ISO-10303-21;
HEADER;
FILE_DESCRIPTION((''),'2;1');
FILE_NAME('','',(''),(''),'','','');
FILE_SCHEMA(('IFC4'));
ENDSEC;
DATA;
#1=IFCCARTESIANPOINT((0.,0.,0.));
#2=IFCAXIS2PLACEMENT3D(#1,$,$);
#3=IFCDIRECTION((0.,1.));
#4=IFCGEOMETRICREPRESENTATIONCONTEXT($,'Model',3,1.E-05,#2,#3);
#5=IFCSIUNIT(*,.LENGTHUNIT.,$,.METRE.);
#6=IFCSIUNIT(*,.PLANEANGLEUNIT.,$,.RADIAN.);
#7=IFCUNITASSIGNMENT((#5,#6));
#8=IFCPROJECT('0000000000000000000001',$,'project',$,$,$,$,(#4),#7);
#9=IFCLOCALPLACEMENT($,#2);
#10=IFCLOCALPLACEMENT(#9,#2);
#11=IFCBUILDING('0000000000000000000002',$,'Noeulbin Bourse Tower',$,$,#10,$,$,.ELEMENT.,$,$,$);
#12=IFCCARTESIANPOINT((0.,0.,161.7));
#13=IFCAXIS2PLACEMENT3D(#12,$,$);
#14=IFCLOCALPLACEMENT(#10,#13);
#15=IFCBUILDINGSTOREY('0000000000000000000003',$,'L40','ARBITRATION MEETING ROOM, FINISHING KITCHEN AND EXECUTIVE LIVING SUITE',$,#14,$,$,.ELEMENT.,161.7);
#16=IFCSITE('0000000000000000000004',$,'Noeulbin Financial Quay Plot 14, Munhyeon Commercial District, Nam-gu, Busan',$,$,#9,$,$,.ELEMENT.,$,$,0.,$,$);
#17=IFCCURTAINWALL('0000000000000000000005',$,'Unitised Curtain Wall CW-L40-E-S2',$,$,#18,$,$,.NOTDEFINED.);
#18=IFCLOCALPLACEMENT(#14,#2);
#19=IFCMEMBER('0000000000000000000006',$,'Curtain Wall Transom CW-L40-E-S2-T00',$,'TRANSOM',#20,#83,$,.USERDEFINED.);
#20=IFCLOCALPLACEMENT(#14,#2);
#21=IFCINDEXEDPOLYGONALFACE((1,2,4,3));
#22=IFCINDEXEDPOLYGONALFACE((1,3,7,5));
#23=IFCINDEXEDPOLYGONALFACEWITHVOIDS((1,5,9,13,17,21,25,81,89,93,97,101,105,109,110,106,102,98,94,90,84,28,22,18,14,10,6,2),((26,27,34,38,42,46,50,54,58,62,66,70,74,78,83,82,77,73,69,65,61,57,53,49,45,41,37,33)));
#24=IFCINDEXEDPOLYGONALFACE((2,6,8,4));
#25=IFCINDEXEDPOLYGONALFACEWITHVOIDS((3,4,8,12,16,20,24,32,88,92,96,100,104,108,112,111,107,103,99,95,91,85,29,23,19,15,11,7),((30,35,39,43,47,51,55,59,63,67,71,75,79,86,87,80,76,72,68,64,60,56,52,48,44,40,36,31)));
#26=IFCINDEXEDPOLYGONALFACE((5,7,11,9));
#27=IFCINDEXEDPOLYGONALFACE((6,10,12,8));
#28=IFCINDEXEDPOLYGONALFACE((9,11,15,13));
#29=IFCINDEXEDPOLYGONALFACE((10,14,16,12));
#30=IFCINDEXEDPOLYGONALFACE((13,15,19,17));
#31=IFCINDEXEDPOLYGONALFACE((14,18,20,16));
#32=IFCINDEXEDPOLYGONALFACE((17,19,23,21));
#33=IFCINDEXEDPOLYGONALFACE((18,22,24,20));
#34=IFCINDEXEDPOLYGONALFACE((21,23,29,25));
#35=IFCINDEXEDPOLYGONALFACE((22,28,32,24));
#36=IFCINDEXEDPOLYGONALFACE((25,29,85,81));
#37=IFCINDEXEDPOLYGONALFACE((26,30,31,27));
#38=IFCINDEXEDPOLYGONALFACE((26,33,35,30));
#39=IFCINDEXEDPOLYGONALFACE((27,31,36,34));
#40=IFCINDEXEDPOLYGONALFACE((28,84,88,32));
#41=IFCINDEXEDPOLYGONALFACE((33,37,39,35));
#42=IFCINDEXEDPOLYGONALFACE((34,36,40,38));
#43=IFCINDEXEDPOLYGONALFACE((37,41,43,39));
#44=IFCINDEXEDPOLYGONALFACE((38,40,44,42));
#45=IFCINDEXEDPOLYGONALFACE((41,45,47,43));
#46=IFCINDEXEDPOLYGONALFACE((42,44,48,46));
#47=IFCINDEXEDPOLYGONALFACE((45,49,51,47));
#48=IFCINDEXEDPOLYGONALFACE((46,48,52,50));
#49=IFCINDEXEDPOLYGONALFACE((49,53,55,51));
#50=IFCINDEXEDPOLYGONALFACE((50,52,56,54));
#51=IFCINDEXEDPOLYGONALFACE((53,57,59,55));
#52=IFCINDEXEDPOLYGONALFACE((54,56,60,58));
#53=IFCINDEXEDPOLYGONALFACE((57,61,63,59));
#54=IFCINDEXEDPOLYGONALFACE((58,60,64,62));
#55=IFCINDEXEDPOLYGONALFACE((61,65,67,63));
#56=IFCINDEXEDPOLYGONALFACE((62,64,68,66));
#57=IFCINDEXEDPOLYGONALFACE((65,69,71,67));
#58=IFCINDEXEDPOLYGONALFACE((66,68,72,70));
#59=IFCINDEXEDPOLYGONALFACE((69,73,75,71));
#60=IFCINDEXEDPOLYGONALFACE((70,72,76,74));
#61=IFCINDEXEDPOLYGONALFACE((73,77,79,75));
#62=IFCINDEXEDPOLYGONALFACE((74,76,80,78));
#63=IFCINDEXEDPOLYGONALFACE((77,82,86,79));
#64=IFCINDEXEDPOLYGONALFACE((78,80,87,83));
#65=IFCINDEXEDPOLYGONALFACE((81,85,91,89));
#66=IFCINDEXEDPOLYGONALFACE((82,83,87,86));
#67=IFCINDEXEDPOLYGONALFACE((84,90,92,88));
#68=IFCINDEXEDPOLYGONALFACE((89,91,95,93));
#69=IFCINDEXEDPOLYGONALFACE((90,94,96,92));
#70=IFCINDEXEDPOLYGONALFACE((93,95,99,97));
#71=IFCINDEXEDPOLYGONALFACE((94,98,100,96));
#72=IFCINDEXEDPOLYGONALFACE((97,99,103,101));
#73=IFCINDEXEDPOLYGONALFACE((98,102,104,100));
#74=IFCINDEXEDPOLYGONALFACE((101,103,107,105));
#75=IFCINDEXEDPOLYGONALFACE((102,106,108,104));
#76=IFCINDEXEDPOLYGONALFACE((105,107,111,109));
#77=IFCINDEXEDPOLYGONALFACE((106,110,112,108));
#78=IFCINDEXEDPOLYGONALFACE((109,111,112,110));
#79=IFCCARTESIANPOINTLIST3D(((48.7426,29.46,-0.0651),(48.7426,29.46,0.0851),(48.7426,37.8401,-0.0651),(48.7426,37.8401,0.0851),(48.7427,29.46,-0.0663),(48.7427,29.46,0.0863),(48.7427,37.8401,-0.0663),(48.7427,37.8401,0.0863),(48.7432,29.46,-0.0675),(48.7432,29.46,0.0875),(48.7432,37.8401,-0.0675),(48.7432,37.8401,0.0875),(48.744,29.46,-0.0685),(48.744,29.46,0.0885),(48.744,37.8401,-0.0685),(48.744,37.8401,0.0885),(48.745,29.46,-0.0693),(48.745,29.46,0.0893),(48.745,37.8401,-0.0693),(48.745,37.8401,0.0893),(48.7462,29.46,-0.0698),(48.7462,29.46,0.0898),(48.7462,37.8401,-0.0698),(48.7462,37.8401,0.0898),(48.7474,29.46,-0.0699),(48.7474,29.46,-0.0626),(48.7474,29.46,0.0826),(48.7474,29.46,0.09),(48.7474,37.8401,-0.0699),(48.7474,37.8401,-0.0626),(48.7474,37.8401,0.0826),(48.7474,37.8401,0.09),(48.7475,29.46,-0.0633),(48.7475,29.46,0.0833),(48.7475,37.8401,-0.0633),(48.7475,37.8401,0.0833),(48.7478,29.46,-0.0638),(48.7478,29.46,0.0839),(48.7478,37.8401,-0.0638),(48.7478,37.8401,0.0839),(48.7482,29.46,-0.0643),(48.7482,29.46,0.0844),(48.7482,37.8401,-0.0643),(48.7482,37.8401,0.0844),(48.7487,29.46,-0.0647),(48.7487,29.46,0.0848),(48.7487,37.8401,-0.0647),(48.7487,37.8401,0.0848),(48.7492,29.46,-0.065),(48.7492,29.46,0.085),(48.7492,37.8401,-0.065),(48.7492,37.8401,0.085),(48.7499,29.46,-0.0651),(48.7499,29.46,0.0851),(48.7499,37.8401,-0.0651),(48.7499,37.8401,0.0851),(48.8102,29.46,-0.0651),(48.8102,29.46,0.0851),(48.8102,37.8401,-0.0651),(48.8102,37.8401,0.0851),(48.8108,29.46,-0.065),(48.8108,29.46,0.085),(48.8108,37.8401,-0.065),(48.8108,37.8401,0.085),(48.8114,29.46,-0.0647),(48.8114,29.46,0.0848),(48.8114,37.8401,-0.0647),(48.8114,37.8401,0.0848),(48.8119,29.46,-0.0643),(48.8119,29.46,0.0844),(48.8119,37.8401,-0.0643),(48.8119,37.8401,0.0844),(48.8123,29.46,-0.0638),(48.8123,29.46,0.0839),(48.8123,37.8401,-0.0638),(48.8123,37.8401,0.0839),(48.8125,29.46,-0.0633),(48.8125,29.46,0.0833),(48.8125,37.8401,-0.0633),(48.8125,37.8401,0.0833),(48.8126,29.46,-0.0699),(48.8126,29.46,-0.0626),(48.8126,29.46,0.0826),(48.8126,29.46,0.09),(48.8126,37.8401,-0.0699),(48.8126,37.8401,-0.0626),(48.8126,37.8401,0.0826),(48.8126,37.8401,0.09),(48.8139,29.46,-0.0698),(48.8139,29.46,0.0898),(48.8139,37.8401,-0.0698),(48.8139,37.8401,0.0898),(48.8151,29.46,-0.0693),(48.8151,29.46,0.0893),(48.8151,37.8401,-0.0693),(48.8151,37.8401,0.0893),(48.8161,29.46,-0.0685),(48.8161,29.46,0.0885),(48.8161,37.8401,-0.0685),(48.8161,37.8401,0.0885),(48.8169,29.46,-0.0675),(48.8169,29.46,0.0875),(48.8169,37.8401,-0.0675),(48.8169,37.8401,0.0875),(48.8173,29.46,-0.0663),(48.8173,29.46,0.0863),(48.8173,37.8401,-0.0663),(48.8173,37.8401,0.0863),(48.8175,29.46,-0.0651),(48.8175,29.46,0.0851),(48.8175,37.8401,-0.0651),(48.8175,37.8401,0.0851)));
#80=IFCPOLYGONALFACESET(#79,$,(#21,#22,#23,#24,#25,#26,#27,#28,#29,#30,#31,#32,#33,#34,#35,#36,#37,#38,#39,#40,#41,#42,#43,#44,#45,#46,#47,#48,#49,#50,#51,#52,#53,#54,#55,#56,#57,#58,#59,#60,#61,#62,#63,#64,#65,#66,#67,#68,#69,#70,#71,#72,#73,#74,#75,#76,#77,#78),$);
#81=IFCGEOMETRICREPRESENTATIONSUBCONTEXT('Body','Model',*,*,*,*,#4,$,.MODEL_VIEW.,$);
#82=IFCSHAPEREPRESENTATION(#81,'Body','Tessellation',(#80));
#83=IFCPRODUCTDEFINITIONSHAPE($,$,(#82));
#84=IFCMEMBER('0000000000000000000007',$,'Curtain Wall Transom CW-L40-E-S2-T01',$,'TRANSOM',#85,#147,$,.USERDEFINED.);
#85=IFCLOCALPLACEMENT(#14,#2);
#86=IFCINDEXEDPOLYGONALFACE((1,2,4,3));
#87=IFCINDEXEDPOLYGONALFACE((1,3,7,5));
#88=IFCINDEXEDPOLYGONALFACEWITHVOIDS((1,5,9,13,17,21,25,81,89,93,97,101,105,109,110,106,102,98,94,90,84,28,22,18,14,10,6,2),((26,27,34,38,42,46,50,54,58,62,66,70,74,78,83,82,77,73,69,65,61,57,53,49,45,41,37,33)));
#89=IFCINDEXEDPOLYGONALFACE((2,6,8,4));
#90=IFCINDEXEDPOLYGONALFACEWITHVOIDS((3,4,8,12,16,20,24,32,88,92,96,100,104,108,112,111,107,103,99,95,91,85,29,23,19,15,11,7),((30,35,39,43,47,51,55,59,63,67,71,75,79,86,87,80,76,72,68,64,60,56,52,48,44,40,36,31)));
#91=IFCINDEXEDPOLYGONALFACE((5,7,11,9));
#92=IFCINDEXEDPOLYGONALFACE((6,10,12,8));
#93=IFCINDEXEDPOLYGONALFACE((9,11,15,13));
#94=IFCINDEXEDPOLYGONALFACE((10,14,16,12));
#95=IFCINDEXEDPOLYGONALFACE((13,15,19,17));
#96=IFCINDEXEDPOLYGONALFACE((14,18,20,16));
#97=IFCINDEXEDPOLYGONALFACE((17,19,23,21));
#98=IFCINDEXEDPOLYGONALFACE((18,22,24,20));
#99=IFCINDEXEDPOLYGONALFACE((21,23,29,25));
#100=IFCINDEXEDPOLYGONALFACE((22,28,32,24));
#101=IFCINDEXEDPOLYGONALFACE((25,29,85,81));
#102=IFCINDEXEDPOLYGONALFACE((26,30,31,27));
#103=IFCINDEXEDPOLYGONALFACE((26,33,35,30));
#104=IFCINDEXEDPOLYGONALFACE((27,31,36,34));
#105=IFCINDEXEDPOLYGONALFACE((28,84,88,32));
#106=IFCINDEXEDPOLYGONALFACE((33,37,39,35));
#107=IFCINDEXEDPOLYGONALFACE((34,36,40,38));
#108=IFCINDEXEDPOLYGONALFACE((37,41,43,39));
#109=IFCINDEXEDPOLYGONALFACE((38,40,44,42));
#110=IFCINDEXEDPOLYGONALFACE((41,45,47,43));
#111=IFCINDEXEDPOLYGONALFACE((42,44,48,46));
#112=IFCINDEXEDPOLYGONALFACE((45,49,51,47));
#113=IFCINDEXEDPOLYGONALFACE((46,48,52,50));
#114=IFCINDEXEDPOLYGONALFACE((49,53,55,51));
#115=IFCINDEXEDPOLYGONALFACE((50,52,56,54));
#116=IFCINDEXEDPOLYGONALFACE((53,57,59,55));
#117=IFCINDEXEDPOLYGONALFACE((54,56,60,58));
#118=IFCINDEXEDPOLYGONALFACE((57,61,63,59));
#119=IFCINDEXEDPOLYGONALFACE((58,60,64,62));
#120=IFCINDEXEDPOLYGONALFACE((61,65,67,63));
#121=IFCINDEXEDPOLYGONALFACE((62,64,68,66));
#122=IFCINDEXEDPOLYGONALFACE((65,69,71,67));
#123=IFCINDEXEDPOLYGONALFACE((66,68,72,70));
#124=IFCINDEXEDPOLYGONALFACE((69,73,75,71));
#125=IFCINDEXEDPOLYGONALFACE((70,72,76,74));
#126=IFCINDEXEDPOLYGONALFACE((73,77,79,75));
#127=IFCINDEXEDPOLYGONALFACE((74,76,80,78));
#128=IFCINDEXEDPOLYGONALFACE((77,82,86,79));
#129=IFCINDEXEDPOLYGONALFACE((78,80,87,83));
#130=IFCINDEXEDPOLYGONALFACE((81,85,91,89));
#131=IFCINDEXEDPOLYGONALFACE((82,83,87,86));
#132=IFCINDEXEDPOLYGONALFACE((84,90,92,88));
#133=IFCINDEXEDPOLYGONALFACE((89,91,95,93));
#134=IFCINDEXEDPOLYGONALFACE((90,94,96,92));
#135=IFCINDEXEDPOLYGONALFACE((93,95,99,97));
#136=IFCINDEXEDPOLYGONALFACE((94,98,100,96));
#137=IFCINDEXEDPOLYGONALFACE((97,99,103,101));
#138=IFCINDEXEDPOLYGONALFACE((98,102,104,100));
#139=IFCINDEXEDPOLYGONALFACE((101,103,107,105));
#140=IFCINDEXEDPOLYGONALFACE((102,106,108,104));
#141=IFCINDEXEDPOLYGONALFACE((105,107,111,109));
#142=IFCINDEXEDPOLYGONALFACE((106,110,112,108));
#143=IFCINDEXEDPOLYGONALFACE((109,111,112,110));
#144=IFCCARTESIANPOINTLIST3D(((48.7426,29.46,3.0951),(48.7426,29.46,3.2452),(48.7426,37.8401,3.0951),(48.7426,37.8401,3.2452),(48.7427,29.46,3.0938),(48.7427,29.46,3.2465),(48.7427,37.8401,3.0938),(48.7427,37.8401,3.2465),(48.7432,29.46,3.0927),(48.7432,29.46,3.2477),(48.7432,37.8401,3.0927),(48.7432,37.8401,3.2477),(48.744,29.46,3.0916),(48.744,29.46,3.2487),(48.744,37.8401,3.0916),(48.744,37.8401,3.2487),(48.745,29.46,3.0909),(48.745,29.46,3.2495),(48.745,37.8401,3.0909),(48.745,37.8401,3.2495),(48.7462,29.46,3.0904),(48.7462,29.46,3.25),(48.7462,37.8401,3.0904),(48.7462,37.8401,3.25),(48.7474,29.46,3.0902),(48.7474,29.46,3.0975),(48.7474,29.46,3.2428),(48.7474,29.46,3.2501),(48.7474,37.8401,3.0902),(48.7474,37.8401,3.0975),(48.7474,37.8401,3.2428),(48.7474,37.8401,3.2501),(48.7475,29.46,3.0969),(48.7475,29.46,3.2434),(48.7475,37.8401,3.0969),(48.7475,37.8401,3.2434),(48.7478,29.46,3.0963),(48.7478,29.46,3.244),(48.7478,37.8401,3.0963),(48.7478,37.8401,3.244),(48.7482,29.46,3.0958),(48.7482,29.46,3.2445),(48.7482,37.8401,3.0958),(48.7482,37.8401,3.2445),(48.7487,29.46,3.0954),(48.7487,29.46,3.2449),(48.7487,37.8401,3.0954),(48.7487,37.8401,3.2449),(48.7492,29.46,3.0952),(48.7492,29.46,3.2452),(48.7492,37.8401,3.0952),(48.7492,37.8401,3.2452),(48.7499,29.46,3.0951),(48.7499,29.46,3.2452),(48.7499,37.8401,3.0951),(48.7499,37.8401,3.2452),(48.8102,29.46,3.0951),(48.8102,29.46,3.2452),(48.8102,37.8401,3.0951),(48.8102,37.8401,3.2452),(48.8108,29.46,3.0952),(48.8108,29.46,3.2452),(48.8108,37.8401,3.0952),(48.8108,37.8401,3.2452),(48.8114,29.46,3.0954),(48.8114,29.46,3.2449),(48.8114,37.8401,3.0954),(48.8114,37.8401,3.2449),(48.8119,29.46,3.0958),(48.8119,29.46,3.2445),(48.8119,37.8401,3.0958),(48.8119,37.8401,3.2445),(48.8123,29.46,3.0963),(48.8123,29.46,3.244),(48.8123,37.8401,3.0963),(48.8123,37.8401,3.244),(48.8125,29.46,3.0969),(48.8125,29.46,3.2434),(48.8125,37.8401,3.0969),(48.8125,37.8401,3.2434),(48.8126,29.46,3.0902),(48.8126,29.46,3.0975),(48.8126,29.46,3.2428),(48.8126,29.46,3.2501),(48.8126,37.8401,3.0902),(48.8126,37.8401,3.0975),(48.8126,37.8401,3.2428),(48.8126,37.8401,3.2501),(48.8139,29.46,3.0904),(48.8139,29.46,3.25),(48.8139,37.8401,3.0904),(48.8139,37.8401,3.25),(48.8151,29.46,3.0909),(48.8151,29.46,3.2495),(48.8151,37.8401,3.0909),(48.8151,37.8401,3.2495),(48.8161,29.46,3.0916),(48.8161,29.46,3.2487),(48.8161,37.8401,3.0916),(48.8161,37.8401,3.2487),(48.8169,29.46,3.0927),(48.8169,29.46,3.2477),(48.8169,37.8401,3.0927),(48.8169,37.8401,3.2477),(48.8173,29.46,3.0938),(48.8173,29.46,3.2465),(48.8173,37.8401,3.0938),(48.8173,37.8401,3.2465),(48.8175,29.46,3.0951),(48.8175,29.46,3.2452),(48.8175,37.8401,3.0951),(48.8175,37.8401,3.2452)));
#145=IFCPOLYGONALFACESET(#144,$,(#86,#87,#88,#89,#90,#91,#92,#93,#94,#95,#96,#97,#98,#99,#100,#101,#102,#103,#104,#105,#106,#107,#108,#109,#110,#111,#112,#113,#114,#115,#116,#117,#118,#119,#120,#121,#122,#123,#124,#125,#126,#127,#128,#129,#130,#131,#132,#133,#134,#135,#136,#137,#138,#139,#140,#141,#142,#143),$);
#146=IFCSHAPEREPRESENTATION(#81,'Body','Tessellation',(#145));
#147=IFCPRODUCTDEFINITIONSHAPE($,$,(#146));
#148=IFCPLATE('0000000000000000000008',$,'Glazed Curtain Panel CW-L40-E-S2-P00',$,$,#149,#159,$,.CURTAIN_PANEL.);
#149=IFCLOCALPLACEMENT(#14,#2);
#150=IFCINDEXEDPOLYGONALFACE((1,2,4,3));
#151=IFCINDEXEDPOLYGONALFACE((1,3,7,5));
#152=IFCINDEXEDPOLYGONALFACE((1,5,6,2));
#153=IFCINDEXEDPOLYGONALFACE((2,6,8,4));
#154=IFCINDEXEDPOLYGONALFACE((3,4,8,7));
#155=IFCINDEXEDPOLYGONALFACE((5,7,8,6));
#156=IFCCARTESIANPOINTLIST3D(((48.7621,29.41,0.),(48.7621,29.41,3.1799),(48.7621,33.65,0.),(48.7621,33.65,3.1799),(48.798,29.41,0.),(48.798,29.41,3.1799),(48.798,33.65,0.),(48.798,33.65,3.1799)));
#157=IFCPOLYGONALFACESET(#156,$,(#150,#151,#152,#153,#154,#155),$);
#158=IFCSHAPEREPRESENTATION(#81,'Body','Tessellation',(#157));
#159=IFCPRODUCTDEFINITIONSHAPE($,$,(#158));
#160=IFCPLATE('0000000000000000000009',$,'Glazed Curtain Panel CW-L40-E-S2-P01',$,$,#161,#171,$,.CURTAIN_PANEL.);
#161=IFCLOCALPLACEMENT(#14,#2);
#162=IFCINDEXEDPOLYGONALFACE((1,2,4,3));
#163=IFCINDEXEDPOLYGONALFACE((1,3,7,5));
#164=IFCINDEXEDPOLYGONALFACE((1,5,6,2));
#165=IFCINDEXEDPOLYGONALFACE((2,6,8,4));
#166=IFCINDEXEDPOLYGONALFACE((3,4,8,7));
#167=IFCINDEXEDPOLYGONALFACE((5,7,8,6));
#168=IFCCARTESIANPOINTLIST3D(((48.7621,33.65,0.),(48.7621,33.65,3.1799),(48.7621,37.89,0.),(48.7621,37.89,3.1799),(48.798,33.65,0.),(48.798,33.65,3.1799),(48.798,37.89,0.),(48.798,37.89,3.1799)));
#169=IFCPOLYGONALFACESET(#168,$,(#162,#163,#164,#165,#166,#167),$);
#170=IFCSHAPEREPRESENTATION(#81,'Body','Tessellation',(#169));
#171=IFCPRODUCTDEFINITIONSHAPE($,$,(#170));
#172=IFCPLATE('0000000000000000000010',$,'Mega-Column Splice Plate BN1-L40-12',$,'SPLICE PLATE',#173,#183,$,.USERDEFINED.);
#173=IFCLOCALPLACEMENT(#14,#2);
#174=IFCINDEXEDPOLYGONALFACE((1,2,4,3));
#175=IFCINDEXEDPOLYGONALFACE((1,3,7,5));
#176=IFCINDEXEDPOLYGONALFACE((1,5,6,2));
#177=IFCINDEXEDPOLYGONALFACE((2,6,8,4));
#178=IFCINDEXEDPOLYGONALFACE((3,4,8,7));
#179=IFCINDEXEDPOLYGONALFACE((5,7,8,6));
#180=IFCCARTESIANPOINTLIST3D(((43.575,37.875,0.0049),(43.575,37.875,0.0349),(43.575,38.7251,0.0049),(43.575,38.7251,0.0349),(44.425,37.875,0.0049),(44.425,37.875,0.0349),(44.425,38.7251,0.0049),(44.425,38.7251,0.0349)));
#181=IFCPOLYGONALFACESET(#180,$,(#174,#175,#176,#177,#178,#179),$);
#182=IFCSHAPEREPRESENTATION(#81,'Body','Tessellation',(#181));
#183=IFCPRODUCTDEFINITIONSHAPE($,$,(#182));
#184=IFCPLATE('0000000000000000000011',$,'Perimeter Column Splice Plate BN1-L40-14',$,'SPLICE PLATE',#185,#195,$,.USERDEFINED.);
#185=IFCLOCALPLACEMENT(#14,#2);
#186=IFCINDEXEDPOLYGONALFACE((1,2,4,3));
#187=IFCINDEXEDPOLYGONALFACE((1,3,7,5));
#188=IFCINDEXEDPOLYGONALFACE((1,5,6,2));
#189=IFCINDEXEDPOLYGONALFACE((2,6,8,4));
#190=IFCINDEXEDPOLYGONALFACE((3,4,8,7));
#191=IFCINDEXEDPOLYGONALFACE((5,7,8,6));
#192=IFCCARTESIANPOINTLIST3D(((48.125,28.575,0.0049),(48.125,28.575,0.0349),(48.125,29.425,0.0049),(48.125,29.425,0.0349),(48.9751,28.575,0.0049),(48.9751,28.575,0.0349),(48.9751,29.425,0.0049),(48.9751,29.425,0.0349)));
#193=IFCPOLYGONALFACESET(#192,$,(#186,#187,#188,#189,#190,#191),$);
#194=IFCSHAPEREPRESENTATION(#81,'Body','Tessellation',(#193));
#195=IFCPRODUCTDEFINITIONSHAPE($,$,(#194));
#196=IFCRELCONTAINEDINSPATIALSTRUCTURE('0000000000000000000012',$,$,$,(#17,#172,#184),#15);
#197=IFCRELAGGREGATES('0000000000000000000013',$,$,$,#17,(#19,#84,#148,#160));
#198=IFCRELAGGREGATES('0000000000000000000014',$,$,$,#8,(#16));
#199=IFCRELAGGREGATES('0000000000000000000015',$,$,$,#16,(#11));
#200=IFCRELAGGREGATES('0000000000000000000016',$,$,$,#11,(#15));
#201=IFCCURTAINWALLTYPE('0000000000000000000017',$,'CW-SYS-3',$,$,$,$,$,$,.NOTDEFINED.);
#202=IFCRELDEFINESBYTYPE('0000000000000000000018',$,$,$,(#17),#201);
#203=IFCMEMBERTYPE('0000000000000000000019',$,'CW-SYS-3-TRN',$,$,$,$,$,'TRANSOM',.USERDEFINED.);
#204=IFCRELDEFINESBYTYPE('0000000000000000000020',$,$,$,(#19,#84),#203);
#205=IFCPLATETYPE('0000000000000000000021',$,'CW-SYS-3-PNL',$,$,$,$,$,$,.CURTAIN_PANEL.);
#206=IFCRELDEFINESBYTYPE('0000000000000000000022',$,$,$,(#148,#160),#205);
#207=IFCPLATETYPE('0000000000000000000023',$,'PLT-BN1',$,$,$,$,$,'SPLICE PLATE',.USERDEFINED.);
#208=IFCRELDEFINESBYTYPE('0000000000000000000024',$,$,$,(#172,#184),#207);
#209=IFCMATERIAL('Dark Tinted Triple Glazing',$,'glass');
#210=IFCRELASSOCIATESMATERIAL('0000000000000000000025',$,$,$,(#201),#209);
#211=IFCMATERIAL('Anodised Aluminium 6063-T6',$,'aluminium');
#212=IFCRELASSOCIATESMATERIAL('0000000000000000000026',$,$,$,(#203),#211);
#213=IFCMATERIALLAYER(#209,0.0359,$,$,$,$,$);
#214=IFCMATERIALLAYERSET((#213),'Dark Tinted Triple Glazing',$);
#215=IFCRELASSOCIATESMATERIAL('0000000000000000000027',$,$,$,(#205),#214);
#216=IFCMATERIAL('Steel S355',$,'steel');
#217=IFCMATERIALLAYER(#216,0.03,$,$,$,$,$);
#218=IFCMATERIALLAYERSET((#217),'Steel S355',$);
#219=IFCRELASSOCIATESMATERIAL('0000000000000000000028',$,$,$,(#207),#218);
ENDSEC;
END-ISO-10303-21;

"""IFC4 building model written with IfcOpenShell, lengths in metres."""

from ifc_helpers import new_model, si_unit, direction, frame, origin, origin_2d, place, context, subcontext, project, spatial, rectangle, hollow_rectangle, extrude, material, layer, layer_set, material_profile, profile_set, type_object, element, aggregate, save


model = new_model("IFC4")

# Units and contexts
model_context = context("Model", 3, precision=1e-05, world=origin(), true_north=direction((0.0, 1.0)))
body_context = subcontext(model_context, "Body", "Model", "MODEL_VIEW")
ifc_project = project(units=[si_unit("LENGTHUNIT", "METRE"), si_unit("PLANEANGLEUNIT", "RADIAN")], contexts=[model_context])

# Site, building, storey
site_placement = place(None, origin())
site = spatial("IfcSite", under=ifc_project, at=site_placement, Name="Noeulbin Financial Quay Plot 14, Munhyeon Commercial District, Nam-gu, Busan", CompositionType="ELEMENT", RefElevation=0.0)
building_placement = place(site_placement, origin())
building = spatial("IfcBuilding", under=site, at=building_placement, Name="Noeulbin Bourse Tower", CompositionType="ELEMENT")
storey_placement = place(building_placement, frame((0.0, 0.0, 161.7)))
storey = spatial("IfcBuildingStorey", under=building, at=storey_placement, Name="L40", Description="ARBITRATION MEETING ROOM, FINISHING KITCHEN AND EXECUTIVE LIVING SUITE", CompositionType="ELEMENT", Elevation=161.7)

# Shared definitions
ifc_material_1 = material(Name="Steel S355", Category="steel")

# Curtain wall, members, plates
ifc_material_2 = material(Name="Dark Tinted Triple Glazing", Category="glass")
curtain_wall_type = type_object("IfcCurtainWallType", Name="CW-SYS-3", PredefinedType="NOTDEFINED", material=ifc_material_2)
curtain_wall_placement = place(storey_placement, origin())
curtain_wall = element("IfcCurtainWall", 1, at=curtain_wall_placement, inside=storey, type_object=curtain_wall_type, Name="Unitised Curtain Wall CW-L40-E-S2", PredefinedType="NOTDEFINED")
ifc_material_3 = material(Name="Anodised Aluminium 6063-T6", Category="aluminium")
ifc_material_profile_1 = material_profile(ifc_material_3, hollow_rectangle(XDim=0.075, YDim=0.1599, WallThickness=0.0049, InnerFilletRadius=0.0024, OuterFilletRadius=0.0049, at=origin_2d()), Name="ALU-TRAN-75x160x5", Category="LoadBearing")
ifc_profile_set_1 = profile_set([ifc_material_profile_1], Name="Anodised Aluminium 6063-T6")
member_type_1 = type_object("IfcMemberType", Name="CW-SYS-3-TRN", ElementType="TRANSOM", PredefinedType="USERDEFINED", material=ifc_profile_set_1)
member_1_placement = place(storey_placement, frame((48.78, 29.46, 0.01), z_axis=(0.0, 1.0, 0.0), x_axis=(-1.0, 0.0, 0.0)))
member_1 = element("IfcMember", 2, at=member_1_placement, type_object=member_type_1, Name="Curtain Wall Transom CW-L40-E-S2-T00", ObjectType="TRANSOM", PredefinedType="USERDEFINED", context=body_context, shape_type="SweptSolid", body=[
    extrude(hollow_rectangle(XDim=0.075, YDim=0.1599, WallThickness=0.0049, InnerFilletRadius=0.0024, OuterFilletRadius=0.0049, at=origin_2d()), origin(), (0.0, 0.0, 1.0), 8.3801),
])
member_2_placement = place(storey_placement, frame((48.78, 29.46, 3.1702), z_axis=(0.0, 1.0, 0.0), x_axis=(-1.0, 0.0, 0.0)))
member_2 = element("IfcMember", 3, at=member_2_placement, type_object=member_type_1, Name="Curtain Wall Transom CW-L40-E-S2-T01", ObjectType="TRANSOM", PredefinedType="USERDEFINED", context=body_context, shape_type="SweptSolid", body=[
    extrude(hollow_rectangle(XDim=0.075, YDim=0.1599, WallThickness=0.0049, InnerFilletRadius=0.0024, OuterFilletRadius=0.0049, at=origin_2d()), origin(), (0.0, 0.0, 1.0), 8.3801),
])
ifc_layer_1 = layer(ifc_material_2, 0.0359)
ifc_layer_set_1 = layer_set([ifc_layer_1], Name="Dark Tinted Triple Glazing")
plate_type_1 = type_object("IfcPlateType", Name="CW-SYS-3-PNL", PredefinedType="CURTAIN_PANEL", material=ifc_layer_set_1)
plate_1_placement = place(storey_placement, frame((48.78, 31.53, 0.0), z_axis=(0.0, 0.0, 1.0), x_axis=(0.0, 1.0, 0.0)))
plate_1 = element("IfcPlate", 4, at=plate_1_placement, type_object=plate_type_1, Name="Glazed Curtain Panel CW-L40-E-S2-P00", PredefinedType="CURTAIN_PANEL", context=body_context, shape_type="SweptSolid", body=[
    extrude(rectangle(XDim=4.24, YDim=0.0359, at=origin_2d()), origin(), (0.0, 0.0, 1.0), 3.1799),
])
plate_2_placement = place(storey_placement, frame((48.78, 35.77, 0.0), z_axis=(0.0, 0.0, 1.0), x_axis=(0.0, 1.0, 0.0)))
plate_2 = element("IfcPlate", 5, at=plate_2_placement, type_object=plate_type_1, Name="Glazed Curtain Panel CW-L40-E-S2-P01", PredefinedType="CURTAIN_PANEL", context=body_context, shape_type="SweptSolid", body=[
    extrude(rectangle(XDim=4.24, YDim=0.0359, at=origin_2d()), origin(), (0.0, 0.0, 1.0), 3.1799),
])
aggregate(curtain_wall, [member_1, member_2, plate_1, plate_2])

# Plates
ifc_layer_2 = layer(ifc_material_1, 0.03)
ifc_layer_set_2 = layer_set([ifc_layer_2], Name="Steel S355")
plate_type_2 = type_object("IfcPlateType", Name="PLT-BN1", ElementType="SPLICE PLATE", PredefinedType="USERDEFINED", material=ifc_layer_set_2)
for number, where, z_axis, x_axis, name in (
    (6, (44.0, 38.3, 0.0049), (0.0, 0.0, 1.0), (1.0, 0.0, 0.0), "Mega-Column Splice Plate BN1-L40-12"),
    (7, (48.55, 29.0, 0.0049), (0.0, 0.0, 1.0), (1.0, 0.0, 0.0), "Perimeter Column Splice Plate BN1-L40-14"),
):
    element("IfcPlate", number, at=place(storey_placement, frame(where, z_axis=z_axis, x_axis=x_axis)), inside=storey, type_object=plate_type_2, Name=name, ObjectType="SPLICE PLATE", PredefinedType="USERDEFINED", context=body_context, shape_type="SweptSolid", body=[
        extrude(rectangle(XDim=0.8501, YDim=0.8501, at=origin_2d()), origin(), (0.0, 0.0, 1.0), 0.03),
    ])

save(model, "model.ifc")
